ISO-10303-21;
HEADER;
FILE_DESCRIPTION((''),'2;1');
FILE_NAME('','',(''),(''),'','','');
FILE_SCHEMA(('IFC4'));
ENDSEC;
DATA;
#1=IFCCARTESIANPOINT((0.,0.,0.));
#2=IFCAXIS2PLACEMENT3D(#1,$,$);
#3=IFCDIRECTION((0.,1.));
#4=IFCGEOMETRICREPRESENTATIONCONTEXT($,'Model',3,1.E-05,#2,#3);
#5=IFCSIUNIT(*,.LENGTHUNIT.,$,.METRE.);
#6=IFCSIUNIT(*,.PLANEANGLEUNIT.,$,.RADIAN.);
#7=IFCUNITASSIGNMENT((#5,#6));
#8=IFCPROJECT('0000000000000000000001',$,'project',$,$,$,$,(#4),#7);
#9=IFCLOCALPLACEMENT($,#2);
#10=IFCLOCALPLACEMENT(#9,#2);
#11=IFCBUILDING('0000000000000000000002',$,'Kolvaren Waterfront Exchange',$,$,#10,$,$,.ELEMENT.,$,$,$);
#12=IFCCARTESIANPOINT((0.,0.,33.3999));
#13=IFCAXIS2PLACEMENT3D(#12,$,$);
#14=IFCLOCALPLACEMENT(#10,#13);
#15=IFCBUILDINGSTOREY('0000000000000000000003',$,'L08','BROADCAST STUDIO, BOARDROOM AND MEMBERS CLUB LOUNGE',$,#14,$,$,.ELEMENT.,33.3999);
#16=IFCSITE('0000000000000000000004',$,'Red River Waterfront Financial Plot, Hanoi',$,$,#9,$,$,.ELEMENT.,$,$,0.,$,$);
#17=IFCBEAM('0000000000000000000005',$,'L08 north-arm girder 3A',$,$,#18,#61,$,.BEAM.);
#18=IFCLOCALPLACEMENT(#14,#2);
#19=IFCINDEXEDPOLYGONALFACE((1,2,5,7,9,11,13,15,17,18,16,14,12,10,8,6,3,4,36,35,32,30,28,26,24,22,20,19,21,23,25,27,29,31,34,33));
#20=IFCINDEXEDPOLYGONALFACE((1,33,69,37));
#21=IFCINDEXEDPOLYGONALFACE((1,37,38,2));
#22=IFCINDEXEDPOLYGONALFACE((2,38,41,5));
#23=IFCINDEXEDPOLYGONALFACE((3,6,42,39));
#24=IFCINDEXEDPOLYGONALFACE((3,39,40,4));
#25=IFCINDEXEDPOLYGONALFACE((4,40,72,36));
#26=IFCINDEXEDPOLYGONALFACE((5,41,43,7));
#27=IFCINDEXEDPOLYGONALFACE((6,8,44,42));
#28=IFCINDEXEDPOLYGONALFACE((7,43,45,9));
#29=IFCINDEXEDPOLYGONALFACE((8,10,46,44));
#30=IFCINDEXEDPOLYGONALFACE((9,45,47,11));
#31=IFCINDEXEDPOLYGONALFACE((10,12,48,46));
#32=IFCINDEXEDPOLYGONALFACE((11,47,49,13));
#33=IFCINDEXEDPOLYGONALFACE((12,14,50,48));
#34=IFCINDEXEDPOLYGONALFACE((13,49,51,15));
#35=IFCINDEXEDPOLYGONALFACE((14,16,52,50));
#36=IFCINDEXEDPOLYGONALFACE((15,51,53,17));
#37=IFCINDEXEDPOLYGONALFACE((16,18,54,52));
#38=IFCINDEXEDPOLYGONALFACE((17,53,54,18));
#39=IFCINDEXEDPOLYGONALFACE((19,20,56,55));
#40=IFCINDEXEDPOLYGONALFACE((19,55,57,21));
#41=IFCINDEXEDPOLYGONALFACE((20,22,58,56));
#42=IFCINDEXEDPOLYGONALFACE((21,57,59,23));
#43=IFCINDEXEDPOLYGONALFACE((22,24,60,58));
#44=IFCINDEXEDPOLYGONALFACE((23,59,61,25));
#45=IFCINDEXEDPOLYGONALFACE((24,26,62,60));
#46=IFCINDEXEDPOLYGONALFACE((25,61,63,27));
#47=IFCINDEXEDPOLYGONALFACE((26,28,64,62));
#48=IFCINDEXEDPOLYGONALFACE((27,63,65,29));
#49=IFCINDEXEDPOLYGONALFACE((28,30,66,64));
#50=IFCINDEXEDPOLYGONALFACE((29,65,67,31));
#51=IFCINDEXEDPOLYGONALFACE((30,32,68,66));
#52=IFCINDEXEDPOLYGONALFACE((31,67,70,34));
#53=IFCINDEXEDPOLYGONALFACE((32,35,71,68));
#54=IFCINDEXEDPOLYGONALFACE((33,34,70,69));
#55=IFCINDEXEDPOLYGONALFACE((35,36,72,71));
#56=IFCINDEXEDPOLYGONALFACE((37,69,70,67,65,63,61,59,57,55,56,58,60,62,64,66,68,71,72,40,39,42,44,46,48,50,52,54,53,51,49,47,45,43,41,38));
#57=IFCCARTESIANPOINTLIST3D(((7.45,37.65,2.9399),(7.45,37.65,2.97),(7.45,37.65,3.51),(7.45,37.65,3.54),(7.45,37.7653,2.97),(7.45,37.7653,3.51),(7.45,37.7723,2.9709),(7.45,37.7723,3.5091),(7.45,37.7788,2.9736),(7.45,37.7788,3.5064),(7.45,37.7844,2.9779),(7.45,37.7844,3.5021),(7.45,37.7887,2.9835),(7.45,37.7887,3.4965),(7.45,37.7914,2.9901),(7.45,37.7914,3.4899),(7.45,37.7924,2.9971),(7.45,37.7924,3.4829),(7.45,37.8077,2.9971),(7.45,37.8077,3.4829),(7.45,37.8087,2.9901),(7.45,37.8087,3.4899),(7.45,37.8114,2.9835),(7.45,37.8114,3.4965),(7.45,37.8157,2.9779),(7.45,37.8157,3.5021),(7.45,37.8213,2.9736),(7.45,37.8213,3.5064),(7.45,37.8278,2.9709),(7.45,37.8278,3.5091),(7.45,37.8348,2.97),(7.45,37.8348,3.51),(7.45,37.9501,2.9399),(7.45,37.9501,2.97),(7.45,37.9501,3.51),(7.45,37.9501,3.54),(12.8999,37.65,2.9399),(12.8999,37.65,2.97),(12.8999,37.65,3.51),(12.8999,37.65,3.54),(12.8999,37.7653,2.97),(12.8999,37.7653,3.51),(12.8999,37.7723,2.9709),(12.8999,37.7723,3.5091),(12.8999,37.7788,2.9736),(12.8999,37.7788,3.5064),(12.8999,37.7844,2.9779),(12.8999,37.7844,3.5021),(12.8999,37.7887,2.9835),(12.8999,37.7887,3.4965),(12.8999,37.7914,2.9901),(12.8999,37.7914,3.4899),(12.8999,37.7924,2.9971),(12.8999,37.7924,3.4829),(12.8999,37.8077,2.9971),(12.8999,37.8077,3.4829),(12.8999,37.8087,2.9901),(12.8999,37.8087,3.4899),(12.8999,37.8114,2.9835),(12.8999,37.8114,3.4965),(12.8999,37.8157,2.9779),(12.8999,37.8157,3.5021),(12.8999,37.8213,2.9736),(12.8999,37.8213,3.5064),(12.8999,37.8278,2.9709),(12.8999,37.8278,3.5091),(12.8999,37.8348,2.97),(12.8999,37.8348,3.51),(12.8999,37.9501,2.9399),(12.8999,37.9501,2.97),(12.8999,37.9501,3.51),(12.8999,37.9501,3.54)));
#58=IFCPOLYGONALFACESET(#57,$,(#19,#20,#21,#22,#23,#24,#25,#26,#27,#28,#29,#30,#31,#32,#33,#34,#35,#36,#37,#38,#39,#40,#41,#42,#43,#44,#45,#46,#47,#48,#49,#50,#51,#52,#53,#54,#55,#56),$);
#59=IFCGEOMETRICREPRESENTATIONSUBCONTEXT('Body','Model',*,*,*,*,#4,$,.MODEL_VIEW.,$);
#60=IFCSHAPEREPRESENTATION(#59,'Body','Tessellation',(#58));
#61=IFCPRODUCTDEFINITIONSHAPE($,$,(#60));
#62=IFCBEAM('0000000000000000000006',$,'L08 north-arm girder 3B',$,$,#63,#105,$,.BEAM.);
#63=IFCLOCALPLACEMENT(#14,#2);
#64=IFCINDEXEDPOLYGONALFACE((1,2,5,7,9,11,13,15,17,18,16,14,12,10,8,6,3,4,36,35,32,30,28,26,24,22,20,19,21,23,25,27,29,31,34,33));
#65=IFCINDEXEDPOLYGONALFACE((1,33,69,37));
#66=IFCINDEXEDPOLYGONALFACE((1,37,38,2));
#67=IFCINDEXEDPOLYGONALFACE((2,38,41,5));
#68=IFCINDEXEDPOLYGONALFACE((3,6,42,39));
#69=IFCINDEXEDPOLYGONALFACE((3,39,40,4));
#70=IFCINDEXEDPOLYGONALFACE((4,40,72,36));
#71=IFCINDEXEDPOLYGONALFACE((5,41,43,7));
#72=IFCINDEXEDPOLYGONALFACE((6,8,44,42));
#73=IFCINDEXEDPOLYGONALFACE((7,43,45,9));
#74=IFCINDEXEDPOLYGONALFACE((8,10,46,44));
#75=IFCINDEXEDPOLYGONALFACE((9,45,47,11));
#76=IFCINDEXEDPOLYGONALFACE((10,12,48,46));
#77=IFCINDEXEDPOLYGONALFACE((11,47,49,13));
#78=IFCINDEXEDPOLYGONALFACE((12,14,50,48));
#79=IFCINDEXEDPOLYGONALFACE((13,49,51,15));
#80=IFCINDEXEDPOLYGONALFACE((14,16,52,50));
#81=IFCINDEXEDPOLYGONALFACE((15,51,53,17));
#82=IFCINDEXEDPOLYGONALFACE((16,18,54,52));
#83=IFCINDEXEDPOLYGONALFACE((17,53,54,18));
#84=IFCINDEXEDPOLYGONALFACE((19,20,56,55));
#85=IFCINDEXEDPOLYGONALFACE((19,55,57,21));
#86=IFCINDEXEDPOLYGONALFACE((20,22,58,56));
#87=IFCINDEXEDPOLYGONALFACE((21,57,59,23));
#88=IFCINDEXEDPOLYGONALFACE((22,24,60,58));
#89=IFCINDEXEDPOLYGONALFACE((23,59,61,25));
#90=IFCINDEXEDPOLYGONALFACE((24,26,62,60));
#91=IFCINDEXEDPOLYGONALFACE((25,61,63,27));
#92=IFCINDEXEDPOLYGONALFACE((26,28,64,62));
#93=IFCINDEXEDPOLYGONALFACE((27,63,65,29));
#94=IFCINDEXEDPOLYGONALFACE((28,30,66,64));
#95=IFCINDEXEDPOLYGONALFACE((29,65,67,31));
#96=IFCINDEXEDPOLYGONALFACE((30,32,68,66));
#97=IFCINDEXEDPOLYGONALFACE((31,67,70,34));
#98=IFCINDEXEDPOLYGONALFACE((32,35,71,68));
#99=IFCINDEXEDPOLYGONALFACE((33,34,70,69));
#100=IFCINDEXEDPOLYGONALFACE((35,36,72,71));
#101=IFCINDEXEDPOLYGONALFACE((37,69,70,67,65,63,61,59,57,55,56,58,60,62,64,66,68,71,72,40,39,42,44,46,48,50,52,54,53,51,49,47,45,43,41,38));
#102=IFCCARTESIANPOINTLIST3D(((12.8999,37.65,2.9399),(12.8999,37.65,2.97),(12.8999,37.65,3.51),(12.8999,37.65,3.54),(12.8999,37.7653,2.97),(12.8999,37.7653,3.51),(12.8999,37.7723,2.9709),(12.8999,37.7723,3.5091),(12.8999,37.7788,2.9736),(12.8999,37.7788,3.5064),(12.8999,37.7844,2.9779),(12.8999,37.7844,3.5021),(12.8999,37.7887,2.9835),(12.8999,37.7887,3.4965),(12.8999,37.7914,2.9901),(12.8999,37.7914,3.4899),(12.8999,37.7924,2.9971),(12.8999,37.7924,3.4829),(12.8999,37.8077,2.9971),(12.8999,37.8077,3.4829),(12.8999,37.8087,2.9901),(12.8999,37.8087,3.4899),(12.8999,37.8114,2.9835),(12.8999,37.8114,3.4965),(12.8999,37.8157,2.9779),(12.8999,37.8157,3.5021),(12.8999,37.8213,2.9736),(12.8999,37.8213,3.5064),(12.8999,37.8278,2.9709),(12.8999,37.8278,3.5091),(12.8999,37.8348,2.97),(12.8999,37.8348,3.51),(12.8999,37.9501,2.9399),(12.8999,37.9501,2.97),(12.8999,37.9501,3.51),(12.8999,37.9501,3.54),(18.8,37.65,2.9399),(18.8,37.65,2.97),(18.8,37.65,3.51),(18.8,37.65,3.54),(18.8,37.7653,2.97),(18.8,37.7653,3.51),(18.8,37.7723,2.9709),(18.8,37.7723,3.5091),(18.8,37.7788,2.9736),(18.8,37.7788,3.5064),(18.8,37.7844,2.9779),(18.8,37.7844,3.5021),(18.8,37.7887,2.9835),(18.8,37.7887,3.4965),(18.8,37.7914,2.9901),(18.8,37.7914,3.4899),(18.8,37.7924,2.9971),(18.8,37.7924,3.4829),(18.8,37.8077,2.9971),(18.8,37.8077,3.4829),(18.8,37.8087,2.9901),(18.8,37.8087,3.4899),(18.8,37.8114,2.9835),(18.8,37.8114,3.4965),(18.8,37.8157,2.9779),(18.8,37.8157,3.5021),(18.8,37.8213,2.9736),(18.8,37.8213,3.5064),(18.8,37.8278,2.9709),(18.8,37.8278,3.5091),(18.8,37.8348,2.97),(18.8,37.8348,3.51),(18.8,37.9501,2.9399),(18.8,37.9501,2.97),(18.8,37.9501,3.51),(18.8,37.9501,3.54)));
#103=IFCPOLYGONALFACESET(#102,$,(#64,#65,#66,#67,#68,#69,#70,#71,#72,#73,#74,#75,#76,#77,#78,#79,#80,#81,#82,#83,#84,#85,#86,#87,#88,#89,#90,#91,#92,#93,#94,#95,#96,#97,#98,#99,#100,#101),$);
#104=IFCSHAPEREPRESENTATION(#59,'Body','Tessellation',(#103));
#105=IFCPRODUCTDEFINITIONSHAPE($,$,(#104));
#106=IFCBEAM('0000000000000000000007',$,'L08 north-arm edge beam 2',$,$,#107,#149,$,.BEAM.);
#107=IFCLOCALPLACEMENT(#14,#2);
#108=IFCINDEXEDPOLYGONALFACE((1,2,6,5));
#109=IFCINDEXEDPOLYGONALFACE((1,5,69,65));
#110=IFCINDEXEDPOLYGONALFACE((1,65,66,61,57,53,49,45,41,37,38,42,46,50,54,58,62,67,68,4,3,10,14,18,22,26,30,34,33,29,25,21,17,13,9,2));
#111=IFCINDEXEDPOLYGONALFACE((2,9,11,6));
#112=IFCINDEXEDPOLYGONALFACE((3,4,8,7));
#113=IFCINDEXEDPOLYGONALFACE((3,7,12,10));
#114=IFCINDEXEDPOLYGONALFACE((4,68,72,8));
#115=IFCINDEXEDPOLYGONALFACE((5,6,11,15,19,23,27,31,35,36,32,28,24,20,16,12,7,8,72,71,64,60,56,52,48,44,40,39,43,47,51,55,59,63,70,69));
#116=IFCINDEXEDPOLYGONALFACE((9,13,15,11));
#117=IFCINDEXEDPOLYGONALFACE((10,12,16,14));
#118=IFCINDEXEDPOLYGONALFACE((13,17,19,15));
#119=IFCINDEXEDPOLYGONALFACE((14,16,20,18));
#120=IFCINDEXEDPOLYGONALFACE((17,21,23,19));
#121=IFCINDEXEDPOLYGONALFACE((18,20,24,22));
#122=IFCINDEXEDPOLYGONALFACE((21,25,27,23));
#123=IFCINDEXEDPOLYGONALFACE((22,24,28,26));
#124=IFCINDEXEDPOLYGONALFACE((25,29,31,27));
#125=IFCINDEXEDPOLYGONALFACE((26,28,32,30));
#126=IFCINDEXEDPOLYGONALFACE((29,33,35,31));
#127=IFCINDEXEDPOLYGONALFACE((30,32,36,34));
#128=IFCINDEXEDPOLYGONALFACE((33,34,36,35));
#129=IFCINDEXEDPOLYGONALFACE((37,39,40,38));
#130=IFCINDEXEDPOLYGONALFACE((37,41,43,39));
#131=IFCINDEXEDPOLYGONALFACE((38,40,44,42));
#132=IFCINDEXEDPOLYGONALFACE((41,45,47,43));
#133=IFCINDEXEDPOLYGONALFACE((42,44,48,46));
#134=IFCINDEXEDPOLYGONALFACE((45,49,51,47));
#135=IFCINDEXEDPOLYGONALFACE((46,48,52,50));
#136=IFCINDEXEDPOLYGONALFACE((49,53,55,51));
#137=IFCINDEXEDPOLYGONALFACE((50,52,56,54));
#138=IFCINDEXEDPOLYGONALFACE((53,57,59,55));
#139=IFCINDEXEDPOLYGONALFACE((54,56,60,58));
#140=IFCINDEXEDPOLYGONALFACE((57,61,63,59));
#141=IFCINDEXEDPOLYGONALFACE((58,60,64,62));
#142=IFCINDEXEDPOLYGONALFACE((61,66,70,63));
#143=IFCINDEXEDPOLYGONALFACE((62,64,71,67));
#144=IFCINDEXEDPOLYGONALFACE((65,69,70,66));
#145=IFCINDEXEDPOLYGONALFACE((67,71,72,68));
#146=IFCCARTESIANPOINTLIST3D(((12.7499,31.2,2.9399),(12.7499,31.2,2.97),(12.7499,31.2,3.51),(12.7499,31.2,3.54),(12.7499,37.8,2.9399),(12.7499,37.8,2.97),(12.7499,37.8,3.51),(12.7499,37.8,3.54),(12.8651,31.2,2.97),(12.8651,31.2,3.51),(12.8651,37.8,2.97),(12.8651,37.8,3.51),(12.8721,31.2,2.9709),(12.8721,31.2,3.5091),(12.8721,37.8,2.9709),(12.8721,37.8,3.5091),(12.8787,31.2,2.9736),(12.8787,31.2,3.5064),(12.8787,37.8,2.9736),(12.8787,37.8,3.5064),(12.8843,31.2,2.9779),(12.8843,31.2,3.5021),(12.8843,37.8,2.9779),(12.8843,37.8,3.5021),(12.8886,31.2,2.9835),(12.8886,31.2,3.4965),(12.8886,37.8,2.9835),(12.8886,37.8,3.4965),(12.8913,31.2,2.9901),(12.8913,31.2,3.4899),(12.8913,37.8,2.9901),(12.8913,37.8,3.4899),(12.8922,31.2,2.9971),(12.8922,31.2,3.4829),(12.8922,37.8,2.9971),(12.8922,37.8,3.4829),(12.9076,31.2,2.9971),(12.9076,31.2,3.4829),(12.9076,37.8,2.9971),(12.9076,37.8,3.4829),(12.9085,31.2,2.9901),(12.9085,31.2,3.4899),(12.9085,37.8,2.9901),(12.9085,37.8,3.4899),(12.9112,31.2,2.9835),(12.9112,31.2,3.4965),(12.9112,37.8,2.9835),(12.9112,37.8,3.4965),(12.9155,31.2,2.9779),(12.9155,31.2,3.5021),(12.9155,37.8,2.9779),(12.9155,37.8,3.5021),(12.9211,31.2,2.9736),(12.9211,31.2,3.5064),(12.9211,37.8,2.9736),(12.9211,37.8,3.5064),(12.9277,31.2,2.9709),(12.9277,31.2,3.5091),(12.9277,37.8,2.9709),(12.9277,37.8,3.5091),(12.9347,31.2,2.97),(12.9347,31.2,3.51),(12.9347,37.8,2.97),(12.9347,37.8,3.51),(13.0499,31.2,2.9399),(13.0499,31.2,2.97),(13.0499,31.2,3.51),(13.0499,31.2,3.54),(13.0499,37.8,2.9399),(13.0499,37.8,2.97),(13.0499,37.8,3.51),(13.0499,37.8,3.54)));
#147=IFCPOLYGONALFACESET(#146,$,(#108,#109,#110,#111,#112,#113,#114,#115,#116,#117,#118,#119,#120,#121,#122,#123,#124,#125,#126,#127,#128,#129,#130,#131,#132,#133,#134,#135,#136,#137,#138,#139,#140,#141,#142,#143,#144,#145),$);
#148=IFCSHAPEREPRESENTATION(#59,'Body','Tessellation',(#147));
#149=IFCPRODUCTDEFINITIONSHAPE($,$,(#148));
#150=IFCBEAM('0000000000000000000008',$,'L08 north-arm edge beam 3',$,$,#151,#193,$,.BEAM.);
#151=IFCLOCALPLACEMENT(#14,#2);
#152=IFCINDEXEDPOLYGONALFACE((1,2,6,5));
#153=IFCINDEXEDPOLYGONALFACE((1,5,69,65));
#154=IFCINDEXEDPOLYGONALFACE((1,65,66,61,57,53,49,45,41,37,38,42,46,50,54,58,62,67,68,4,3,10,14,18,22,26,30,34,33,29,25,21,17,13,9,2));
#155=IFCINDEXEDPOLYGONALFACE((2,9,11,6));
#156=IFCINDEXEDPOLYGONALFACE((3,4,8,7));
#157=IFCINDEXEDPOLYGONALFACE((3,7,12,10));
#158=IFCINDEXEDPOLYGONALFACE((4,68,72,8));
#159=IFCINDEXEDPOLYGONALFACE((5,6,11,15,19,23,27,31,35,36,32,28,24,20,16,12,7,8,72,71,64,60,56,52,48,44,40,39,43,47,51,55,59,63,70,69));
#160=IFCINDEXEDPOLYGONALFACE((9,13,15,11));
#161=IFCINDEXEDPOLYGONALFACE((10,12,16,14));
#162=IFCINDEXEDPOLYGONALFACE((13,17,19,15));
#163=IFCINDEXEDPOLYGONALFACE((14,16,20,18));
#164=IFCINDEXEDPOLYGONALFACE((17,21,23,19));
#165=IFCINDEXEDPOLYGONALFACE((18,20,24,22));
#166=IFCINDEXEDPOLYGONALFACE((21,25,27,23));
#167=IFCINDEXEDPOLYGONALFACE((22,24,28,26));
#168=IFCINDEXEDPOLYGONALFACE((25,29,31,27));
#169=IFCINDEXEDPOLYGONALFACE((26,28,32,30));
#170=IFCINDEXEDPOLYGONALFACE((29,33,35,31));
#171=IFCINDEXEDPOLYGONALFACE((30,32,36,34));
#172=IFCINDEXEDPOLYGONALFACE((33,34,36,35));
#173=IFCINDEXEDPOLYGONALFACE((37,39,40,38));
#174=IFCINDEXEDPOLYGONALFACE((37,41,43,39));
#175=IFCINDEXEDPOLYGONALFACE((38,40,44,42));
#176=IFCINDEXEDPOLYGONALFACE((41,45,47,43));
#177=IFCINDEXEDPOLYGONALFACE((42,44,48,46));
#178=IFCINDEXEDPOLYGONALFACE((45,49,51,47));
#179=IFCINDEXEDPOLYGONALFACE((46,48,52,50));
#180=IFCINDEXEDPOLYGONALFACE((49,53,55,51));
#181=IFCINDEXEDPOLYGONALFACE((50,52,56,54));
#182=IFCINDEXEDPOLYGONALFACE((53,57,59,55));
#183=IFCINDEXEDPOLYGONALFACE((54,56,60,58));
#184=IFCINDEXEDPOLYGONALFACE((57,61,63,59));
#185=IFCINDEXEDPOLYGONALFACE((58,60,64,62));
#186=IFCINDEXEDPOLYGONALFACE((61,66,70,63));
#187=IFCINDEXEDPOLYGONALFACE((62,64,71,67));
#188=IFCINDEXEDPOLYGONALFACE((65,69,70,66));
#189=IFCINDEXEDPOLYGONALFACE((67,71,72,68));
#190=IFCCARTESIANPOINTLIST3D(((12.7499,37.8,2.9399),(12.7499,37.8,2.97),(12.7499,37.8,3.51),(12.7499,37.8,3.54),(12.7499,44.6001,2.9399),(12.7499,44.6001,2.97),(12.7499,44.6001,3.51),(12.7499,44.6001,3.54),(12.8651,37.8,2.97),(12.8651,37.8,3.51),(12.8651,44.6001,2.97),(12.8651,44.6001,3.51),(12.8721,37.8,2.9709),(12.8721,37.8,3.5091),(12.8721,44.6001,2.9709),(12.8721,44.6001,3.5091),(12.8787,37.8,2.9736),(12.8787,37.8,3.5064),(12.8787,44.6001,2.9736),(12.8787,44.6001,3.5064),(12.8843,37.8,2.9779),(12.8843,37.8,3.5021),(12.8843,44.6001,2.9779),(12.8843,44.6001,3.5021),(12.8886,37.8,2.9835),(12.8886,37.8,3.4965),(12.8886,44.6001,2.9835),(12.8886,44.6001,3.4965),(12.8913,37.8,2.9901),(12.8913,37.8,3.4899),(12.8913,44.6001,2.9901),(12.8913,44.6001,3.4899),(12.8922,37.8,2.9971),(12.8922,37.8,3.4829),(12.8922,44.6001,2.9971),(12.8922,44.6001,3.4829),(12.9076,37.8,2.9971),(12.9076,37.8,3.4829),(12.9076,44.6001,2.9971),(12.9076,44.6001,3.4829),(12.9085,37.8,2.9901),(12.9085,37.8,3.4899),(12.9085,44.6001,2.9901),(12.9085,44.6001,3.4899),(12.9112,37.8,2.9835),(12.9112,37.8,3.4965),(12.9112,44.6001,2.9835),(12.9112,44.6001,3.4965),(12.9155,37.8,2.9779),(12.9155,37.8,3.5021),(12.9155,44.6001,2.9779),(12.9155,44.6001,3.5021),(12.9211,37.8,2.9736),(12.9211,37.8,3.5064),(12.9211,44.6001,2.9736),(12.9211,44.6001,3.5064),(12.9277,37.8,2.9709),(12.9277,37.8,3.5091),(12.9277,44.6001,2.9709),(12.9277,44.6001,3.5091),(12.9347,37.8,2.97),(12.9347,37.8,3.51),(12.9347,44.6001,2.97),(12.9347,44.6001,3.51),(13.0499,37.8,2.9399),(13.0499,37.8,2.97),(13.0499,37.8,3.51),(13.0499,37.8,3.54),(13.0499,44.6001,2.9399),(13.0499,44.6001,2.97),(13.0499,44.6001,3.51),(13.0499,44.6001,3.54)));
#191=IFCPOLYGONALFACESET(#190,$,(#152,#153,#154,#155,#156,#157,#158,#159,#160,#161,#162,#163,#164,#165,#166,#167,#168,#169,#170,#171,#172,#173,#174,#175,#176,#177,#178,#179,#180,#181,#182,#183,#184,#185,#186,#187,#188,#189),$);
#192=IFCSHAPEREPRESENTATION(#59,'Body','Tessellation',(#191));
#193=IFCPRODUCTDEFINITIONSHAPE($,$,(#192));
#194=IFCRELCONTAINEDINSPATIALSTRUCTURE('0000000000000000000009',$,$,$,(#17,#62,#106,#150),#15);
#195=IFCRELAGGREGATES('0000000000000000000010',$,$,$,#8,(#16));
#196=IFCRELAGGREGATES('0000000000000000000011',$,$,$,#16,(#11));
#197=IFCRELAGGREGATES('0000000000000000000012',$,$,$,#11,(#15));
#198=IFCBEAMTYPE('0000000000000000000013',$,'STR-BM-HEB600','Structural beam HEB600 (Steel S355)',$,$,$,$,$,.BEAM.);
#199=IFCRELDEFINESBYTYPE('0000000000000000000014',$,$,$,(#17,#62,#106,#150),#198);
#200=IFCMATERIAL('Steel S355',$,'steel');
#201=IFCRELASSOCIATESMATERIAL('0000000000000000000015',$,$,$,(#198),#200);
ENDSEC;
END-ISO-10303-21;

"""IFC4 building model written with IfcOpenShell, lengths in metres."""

from ifc_helpers import new_model, si_unit, direction, frame, origin, origin_2d, place, context, subcontext, project, spatial, i_section, extrude, material, material_profile, profile_set, type_object, element, save


model = new_model("IFC4")

# Units and contexts
model_context = context("Model", 3, precision=1e-05, world=origin(), true_north=direction((0.0, 1.0)))
body_context = subcontext(model_context, "Body", "Model", "MODEL_VIEW")
ifc_project = project(units=[si_unit("LENGTHUNIT", "METRE"), si_unit("PLANEANGLEUNIT", "RADIAN")], contexts=[model_context])

# Site, building, storey
site_placement = place(None, origin())
site = spatial("IfcSite", under=ifc_project, at=site_placement, Name="Red River Waterfront Financial Plot, Hanoi", CompositionType="ELEMENT", RefElevation=0.0)
building_placement = place(site_placement, origin())
building = spatial("IfcBuilding", under=site, at=building_placement, Name="Kolvaren Waterfront Exchange", CompositionType="ELEMENT")
storey_placement = place(building_placement, frame((0.0, 0.0, 33.3999)))
storey = spatial("IfcBuildingStorey", under=building, at=storey_placement, Name="L08", Description="BROADCAST STUDIO, BOARDROOM AND MEMBERS CLUB LOUNGE", CompositionType="ELEMENT", Elevation=33.3999)

# Beams
ifc_material_1 = material(Name="Steel S355", Category="steel")
ifc_material_profile_1 = material_profile(ifc_material_1, i_section(OverallWidth=0.3, OverallDepth=0.6001, WebThickness=0.0154, FlangeThickness=0.03, FilletRadius=0.0271, at=origin_2d()), Name="HEB600")
ifc_profile_set_1 = profile_set([ifc_material_profile_1], Name="Steel S355")
beam_type_1 = type_object("IfcBeamType", Name="STR-BM-HEB600", Description="Structural beam HEB600 (Steel S355)", PredefinedType="BEAM", material=ifc_profile_set_1)
beam_1_placement = place(storey_placement, frame((7.45, 37.8, 3.24), z_axis=(1.0, 0.0, 0.0), x_axis=(0.0, 1.0, 0.0)))
element("IfcBeam", 1, at=beam_1_placement, inside=storey, type_object=beam_type_1, Name="L08 north-arm girder 3A", PredefinedType="BEAM", context=body_context, shape_type="SweptSolid", body=[
    extrude(i_section(OverallWidth=0.3, OverallDepth=0.6001, WebThickness=0.0154, FlangeThickness=0.03, FilletRadius=0.0271, at=origin_2d()), origin(), (0.0, 0.0, 1.0), 5.45),
])
beam_2_placement = place(storey_placement, frame((12.8999, 37.8, 3.24), z_axis=(1.0, 0.0, 0.0), x_axis=(0.0, 1.0, 0.0)))
element("IfcBeam", 2, at=beam_2_placement, inside=storey, type_object=beam_type_1, Name="L08 north-arm girder 3B", PredefinedType="BEAM", context=body_context, shape_type="SweptSolid", body=[
    extrude(i_section(OverallWidth=0.3, OverallDepth=0.6001, WebThickness=0.0154, FlangeThickness=0.03, FilletRadius=0.0271, at=origin_2d()), origin(), (0.0, 0.0, 1.0), 5.9001),
])
beam_3_placement = place(storey_placement, frame((12.8999, 31.2, 3.24), z_axis=(0.0, 1.0, 0.0), x_axis=(-1.0, 0.0, 0.0)))
element("IfcBeam", 3, at=beam_3_placement, inside=storey, type_object=beam_type_1, Name="L08 north-arm edge beam 2", PredefinedType="BEAM", context=body_context, shape_type="SweptSolid", body=[
    extrude(i_section(OverallWidth=0.3, OverallDepth=0.6001, WebThickness=0.0154, FlangeThickness=0.03, FilletRadius=0.0271, at=origin_2d()), origin(), (0.0, 0.0, 1.0), 6.6001),
])
beam_4_placement = place(storey_placement, frame((12.8999, 37.8, 3.24), z_axis=(0.0, 1.0, 0.0), x_axis=(-1.0, 0.0, 0.0)))
element("IfcBeam", 4, at=beam_4_placement, inside=storey, type_object=beam_type_1, Name="L08 north-arm edge beam 3", PredefinedType="BEAM", context=body_context, shape_type="SweptSolid", body=[
    extrude(i_section(OverallWidth=0.3, OverallDepth=0.6001, WebThickness=0.0154, FlangeThickness=0.03, FilletRadius=0.0271, at=origin_2d()), origin(), (0.0, 0.0, 1.0), 6.8),
])

save(model, "model.ifc")
